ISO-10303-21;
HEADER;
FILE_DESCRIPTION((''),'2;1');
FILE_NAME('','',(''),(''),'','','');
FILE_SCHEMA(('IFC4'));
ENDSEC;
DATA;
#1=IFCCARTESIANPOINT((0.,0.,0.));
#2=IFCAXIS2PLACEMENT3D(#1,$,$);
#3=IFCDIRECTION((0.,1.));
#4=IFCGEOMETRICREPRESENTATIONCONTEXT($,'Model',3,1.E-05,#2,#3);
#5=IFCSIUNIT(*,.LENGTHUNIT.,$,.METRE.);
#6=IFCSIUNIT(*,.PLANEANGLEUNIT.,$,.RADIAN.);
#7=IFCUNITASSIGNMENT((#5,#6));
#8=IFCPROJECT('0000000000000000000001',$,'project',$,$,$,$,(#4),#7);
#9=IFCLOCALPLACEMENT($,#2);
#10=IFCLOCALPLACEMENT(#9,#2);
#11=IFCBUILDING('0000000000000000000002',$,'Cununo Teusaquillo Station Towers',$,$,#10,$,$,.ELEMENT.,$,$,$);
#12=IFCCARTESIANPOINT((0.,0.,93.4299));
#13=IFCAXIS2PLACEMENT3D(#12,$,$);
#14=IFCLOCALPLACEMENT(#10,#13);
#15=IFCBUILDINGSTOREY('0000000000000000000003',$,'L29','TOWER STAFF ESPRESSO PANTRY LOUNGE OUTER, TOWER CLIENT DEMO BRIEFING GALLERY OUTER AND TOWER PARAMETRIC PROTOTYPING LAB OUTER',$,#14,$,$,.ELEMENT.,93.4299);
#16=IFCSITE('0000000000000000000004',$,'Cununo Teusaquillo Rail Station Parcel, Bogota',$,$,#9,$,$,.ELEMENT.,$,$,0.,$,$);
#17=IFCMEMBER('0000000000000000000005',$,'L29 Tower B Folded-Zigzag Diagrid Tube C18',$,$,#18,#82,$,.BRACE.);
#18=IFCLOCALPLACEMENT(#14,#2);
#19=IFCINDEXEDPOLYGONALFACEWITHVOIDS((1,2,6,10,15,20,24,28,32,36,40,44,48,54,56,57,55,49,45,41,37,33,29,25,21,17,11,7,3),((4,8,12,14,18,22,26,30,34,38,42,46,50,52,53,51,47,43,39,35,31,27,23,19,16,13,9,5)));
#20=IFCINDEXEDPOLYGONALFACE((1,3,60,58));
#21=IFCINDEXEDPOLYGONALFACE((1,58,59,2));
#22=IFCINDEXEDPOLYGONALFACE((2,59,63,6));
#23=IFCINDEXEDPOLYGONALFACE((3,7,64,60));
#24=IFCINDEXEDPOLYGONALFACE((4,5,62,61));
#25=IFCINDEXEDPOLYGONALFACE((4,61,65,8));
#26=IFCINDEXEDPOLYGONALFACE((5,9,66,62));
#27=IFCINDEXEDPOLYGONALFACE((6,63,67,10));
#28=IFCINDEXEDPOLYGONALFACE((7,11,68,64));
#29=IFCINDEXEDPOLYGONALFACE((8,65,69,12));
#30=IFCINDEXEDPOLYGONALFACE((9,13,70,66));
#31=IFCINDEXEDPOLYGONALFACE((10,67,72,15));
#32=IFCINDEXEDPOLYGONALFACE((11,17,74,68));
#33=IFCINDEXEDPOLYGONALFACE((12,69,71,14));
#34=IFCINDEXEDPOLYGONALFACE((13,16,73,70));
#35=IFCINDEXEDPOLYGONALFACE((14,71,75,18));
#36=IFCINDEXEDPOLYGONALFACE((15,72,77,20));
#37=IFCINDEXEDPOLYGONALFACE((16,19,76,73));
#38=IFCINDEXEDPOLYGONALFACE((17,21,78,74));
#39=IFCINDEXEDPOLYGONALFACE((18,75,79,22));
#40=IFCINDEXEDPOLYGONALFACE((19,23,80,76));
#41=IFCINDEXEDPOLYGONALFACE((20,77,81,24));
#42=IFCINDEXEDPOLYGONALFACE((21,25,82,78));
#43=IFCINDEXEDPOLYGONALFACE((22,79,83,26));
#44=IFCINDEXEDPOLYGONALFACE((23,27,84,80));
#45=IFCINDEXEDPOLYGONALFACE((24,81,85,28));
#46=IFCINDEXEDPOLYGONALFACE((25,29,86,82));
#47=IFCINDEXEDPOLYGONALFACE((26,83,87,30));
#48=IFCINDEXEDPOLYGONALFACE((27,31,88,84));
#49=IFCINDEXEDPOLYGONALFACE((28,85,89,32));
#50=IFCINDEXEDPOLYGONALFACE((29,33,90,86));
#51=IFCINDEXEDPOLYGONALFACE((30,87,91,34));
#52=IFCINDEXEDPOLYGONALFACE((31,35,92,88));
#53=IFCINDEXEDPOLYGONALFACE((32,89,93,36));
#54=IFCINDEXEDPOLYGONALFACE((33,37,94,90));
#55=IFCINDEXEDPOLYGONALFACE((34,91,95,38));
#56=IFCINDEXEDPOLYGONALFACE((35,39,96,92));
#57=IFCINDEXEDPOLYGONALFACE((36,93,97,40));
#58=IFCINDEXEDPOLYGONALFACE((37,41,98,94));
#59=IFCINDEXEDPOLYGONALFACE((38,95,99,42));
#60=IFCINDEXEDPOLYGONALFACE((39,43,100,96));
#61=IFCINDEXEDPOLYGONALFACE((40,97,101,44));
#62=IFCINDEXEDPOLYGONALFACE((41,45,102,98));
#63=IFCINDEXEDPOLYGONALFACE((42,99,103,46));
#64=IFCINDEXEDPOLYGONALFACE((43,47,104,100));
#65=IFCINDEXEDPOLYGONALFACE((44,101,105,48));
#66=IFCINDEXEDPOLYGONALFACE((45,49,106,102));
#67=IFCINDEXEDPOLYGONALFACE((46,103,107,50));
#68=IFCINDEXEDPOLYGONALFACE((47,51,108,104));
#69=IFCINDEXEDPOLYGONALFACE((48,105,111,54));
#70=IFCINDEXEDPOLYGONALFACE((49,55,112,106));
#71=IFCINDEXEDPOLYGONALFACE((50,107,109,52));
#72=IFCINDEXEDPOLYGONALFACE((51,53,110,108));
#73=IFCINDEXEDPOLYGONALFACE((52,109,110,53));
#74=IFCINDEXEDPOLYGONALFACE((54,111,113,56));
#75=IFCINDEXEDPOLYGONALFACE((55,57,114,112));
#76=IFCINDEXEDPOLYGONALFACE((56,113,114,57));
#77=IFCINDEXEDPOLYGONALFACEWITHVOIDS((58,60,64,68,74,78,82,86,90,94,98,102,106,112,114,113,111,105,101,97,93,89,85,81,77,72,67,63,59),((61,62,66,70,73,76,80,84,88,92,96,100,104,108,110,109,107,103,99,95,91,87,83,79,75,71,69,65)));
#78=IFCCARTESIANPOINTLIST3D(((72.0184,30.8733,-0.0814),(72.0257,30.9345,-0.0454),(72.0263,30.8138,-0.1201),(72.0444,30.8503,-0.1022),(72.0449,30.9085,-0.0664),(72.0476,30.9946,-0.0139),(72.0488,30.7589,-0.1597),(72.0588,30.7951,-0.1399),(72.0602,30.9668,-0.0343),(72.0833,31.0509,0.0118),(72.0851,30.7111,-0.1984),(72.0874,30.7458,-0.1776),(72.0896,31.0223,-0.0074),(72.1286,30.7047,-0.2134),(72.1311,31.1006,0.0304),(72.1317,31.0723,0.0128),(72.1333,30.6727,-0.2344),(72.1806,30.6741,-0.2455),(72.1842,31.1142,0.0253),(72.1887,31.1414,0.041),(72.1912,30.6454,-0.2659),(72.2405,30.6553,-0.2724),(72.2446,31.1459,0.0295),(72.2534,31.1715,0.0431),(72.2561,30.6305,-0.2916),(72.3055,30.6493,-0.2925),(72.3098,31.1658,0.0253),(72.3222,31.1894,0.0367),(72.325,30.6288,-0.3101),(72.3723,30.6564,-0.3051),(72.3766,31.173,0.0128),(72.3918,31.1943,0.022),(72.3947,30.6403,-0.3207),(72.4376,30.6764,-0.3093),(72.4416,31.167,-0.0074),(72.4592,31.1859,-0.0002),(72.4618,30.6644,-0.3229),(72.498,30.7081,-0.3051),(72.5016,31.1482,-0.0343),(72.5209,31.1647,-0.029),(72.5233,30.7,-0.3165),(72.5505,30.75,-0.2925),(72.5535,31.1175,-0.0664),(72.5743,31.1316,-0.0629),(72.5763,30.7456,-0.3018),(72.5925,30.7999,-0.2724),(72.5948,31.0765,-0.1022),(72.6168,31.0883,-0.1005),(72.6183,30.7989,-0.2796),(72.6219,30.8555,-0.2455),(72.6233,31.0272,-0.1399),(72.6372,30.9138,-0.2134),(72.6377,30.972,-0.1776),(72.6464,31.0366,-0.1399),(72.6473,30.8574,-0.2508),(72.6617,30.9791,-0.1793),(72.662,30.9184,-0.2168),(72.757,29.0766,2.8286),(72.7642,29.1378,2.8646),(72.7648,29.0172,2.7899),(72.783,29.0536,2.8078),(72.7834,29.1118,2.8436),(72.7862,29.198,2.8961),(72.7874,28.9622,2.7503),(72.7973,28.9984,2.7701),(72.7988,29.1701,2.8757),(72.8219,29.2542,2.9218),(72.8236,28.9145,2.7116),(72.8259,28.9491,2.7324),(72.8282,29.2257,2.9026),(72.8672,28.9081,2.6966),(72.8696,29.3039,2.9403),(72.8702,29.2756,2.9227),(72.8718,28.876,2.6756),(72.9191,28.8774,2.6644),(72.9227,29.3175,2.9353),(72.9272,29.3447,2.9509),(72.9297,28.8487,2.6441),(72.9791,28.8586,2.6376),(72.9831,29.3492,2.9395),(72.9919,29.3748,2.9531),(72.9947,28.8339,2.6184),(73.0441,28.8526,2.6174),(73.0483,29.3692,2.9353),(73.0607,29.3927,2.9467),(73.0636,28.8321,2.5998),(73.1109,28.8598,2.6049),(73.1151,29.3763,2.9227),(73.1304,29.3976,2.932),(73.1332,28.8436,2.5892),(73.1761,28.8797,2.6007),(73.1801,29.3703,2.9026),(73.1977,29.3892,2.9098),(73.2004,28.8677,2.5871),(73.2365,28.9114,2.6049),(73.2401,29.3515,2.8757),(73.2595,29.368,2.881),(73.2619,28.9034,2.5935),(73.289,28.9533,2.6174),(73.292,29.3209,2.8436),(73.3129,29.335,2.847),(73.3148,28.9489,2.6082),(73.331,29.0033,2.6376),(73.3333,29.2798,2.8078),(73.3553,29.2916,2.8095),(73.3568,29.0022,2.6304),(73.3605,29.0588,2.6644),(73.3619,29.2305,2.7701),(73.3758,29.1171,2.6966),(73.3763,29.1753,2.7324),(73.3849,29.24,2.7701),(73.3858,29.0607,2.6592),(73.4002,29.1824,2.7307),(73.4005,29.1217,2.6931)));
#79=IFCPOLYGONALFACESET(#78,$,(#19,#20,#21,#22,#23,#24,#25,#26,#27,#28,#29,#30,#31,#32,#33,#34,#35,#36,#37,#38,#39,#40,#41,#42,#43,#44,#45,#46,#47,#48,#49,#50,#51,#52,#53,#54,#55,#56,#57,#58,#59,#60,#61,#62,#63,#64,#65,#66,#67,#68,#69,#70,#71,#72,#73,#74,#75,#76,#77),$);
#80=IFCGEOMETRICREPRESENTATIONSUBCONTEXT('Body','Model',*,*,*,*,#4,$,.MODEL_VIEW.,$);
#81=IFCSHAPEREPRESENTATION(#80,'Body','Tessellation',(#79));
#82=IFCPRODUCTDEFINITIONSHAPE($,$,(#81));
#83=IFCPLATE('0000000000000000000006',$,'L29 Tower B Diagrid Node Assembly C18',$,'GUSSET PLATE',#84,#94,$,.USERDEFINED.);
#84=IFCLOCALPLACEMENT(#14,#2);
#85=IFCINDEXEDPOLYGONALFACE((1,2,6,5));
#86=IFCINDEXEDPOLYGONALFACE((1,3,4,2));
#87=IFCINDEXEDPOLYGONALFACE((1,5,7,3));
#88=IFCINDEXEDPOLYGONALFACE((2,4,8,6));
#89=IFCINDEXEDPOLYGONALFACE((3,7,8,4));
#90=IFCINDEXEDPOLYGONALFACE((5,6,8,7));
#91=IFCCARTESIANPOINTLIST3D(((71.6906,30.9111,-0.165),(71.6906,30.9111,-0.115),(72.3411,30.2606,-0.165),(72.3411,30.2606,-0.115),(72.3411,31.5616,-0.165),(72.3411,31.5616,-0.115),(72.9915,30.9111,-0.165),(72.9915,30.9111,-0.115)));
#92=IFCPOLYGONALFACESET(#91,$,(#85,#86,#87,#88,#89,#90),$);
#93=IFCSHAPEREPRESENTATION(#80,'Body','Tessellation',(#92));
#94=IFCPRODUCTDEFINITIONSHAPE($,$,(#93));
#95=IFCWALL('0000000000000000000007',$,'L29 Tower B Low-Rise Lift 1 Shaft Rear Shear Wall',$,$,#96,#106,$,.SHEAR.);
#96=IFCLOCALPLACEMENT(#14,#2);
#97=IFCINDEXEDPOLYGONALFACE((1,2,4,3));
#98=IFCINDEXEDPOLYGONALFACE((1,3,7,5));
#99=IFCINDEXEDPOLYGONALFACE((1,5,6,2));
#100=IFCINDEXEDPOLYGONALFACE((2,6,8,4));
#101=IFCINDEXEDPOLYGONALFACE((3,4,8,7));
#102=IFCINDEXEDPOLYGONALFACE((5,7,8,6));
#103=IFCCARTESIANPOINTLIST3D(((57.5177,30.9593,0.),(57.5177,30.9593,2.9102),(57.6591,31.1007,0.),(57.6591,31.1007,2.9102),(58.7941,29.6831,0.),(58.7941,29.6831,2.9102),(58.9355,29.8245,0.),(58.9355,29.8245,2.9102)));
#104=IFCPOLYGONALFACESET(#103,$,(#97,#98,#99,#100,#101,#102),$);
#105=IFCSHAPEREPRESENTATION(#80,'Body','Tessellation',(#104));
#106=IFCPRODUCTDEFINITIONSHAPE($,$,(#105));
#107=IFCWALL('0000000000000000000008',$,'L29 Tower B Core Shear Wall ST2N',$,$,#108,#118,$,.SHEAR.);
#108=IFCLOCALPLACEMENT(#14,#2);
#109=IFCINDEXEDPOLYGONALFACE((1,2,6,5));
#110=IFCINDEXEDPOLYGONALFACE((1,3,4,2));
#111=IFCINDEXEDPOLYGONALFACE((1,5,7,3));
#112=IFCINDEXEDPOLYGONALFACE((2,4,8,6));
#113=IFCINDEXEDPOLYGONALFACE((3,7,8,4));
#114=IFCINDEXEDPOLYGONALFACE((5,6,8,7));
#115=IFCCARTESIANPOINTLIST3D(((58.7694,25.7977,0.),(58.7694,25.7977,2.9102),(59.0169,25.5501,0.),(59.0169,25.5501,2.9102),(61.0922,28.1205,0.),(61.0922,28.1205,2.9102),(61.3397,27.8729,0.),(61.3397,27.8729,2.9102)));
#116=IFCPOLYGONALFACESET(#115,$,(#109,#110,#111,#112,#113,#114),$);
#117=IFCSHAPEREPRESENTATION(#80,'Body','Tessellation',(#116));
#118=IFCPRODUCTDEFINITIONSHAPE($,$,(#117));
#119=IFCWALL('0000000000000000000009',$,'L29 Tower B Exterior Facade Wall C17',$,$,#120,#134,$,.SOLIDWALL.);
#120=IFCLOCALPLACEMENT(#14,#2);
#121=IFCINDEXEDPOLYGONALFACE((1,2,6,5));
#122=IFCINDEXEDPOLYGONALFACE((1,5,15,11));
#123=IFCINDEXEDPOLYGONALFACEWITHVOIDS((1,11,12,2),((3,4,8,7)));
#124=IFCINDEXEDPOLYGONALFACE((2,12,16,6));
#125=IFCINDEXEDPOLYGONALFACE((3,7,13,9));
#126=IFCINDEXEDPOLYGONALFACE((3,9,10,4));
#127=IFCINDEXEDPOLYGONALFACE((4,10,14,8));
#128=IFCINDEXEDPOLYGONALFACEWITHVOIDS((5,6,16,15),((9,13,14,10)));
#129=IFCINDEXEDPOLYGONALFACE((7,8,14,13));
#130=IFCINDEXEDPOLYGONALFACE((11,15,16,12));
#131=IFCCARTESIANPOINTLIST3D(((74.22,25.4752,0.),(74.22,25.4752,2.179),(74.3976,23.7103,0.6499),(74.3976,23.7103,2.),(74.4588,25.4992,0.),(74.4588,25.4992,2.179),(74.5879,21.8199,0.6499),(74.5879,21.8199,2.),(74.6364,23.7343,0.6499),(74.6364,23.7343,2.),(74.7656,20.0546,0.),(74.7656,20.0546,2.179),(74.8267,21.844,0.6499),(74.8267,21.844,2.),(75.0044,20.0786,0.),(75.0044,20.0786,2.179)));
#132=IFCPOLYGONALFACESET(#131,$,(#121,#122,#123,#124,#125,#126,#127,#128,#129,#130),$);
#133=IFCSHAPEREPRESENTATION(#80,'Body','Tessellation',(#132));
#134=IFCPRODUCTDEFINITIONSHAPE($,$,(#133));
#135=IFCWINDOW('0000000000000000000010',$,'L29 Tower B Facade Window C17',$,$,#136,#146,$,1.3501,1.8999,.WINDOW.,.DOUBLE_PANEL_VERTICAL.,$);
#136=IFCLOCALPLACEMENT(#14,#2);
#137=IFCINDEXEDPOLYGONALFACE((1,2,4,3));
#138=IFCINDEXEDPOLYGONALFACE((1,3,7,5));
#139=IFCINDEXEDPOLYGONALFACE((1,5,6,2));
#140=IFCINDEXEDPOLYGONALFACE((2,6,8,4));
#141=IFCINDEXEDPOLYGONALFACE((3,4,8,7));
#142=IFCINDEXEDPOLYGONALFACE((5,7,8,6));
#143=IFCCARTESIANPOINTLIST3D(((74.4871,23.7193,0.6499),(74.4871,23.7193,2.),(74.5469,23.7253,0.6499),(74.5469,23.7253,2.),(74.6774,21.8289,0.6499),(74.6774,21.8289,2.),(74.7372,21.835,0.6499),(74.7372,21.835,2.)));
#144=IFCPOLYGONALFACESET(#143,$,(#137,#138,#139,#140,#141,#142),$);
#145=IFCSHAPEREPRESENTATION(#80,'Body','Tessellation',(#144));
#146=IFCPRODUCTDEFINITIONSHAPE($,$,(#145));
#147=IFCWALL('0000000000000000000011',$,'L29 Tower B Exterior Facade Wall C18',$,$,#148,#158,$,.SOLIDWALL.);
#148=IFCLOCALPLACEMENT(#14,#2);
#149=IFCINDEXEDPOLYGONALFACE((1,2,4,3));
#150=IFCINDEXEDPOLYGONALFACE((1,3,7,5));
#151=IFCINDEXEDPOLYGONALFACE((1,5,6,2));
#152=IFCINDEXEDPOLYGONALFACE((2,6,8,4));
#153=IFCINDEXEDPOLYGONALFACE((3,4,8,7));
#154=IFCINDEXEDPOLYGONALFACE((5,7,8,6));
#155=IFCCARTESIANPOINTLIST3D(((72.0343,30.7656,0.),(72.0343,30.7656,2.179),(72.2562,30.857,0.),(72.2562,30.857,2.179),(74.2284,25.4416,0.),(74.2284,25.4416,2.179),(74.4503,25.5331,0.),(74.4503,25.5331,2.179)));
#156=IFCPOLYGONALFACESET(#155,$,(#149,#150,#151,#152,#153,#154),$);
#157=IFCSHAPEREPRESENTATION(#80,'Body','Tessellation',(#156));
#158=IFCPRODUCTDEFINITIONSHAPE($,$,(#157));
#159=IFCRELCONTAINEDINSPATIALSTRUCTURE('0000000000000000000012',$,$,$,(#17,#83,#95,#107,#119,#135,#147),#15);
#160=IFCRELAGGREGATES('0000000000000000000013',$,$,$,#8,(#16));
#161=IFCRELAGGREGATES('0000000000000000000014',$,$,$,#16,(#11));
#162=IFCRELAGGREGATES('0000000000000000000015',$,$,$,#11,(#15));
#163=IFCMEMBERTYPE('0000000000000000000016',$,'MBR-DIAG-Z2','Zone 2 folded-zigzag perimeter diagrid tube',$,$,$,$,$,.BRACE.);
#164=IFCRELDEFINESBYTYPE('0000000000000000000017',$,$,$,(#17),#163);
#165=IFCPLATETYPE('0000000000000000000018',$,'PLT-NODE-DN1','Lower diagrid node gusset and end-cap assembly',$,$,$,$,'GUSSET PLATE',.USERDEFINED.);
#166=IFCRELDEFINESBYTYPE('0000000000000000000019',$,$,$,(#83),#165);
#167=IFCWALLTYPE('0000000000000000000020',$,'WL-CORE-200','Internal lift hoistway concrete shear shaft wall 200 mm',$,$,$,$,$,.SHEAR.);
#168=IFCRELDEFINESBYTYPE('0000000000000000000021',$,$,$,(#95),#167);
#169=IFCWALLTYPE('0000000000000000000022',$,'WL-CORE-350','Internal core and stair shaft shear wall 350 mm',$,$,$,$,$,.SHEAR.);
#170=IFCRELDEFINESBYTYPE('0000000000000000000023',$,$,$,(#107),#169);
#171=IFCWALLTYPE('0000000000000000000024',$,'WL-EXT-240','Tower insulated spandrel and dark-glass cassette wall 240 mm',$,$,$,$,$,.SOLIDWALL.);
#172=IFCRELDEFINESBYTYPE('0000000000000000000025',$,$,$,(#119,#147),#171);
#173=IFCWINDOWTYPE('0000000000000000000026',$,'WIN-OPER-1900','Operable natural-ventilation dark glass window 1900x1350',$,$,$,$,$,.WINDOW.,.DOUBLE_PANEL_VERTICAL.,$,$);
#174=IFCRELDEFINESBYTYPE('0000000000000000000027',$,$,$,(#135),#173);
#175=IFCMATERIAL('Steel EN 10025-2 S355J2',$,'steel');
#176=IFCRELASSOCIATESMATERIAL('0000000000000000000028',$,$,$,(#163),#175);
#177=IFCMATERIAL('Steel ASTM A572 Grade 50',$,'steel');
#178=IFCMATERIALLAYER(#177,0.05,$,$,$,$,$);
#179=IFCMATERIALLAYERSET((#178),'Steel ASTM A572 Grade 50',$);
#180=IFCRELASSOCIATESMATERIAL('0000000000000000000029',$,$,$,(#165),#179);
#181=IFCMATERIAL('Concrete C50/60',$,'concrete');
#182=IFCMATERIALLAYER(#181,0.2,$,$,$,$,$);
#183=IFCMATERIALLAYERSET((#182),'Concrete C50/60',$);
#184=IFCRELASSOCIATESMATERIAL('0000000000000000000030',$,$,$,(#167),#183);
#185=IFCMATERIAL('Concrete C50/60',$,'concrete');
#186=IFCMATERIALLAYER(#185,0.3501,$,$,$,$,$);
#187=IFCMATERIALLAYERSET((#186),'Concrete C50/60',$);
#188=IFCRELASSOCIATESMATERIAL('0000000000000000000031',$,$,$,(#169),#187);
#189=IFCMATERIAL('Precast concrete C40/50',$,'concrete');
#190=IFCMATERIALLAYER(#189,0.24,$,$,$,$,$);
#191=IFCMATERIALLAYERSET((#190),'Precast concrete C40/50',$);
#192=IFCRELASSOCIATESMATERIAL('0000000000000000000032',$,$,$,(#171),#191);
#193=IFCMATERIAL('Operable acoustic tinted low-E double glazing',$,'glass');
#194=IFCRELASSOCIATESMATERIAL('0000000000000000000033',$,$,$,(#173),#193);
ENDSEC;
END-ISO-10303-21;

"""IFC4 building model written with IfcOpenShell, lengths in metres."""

from ifc_helpers import new_model, si_unit, direction, frame, frame_2d, origin, origin_2d, place, context, subcontext, project, spatial, rectangle, hollow_circle, extrude, source, transform, mapped, material, layer, layer_set, material_profile, profile_set, type_object, element, fill, save


model = new_model("IFC4")

# Units and contexts
model_context = context("Model", 3, precision=1e-05, world=origin(), true_north=direction((0.0, 1.0)))
body_context = subcontext(model_context, "Body", "Model", "MODEL_VIEW")
ifc_project = project(units=[si_unit("LENGTHUNIT", "METRE"), si_unit("PLANEANGLEUNIT", "RADIAN")], contexts=[model_context])

# Site, building, storey
site_placement = place(None, origin())
site = spatial("IfcSite", under=ifc_project, at=site_placement, Name="Cununo Teusaquillo Rail Station Parcel, Bogota", CompositionType="ELEMENT", RefElevation=0.0)
building_placement = place(site_placement, origin())
building = spatial("IfcBuilding", under=site, at=building_placement, Name="Cununo Teusaquillo Station Towers", CompositionType="ELEMENT")
storey_placement = place(building_placement, frame((0.0, 0.0, 93.4299)))
storey = spatial("IfcBuildingStorey", under=building, at=storey_placement, Name="L29", Description="TOWER STAFF ESPRESSO PANTRY LOUNGE OUTER, TOWER CLIENT DEMO BRIEFING GALLERY OUTER AND TOWER PARAMETRIC PROTOTYPING LAB OUTER", CompositionType="ELEMENT", Elevation=93.4299)

# Member
ifc_material_1 = material(Name="Steel EN 10025-2 S355J2", Category="steel")
ifc_material_profile_1 = material_profile(ifc_material_1, hollow_circle(Radius=0.3301, WallThickness=0.0249, at=origin_2d()), Name="CHS 660x25")
ifc_profile_set_1 = profile_set([ifc_material_profile_1], Name="Steel EN 10025-2 S355J2")
member_type = type_object("IfcMemberType", Name="MBR-DIAG-Z2", Description="Zone 2 folded-zigzag perimeter diagrid tube", PredefinedType="BRACE", material=ifc_profile_set_1)
member_placement = place(storey_placement, frame((72.3411, 30.9111, -0.1399), z_axis=(0.211086, -0.513514, 0.831713), x_axis=(0.924907, 0.380193, 0.0)))
element("IfcMember", 1, at=member_placement, inside=storey, type_object=member_type, Name="L29 Tower B Folded-Zigzag Diagrid Tube C18", PredefinedType="BRACE", context=body_context, shape_type="SweptSolid", body=[
    extrude(hollow_circle(Radius=0.3301, WallThickness=0.0249, at=origin_2d()), origin(), (0.0, 0.0, 1.0), 3.4988),
])

# Plate
ifc_material_2 = material(Name="Steel ASTM A572 Grade 50", Category="steel")
ifc_layer_1 = layer(ifc_material_2, 0.05)
ifc_layer_set_1 = layer_set([ifc_layer_1], Name="Steel ASTM A572 Grade 50")
plate_type = type_object("IfcPlateType", Name="PLT-NODE-DN1", Description="Lower diagrid node gusset and end-cap assembly", ElementType="GUSSET PLATE", PredefinedType="USERDEFINED", material=ifc_layer_set_1)
shared_shape_1 = source(origin(), body_context, "Body", "SweptSolid", [
    extrude(rectangle(XDim=0.9199, YDim=0.9199, at=origin_2d()), origin(), (0.0, 0.0, 1.0), 0.05),
])
plate_placement = place(storey_placement, frame((72.3411, 30.9111, -0.165), z_axis=(0.0, 0.0, 1.0), x_axis=(0.707107, 0.707107, 0.0)))
element("IfcPlate", 2, at=plate_placement, inside=storey, type_object=plate_type, Name="L29 Tower B Diagrid Node Assembly C18", ObjectType="GUSSET PLATE", PredefinedType="USERDEFINED", context=body_context, shape_type="MappedRepresentation", body=[
    mapped(shared_shape_1, transform((0.0, 0.0, 0.0), x_axis=(1.0, 0.0, 0.0), y_axis=(0.0, 1.0, 0.0), z_axis=(0.0, 0.0, 1.0), scale=1.0)),
])

# Walls
ifc_material_3 = material(Name="Concrete C50/60", Category="concrete")
ifc_layer_2 = layer(ifc_material_3, 0.2)
ifc_layer_set_2 = layer_set([ifc_layer_2], Name="Concrete C50/60")
wall_type_1 = type_object("IfcWallType", Name="WL-CORE-200", Description="Internal lift hoistway concrete shear shaft wall 200 mm", PredefinedType="SHEAR", material=ifc_layer_set_2)
wall_1_placement = place(storey_placement, frame((58.8647, 29.7539, 0.0), z_axis=(0.0, 0.0, 1.0), x_axis=(-0.707174, 0.707039, 0.0)))
element("IfcWall", 3, at=wall_1_placement, inside=storey, type_object=wall_type_1, Name="L29 Tower B Low-Rise Lift 1 Shaft Rear Shear Wall", PredefinedType="SHEAR", context=body_context, shape_type="SweptSolid", body=[
    extrude(rectangle(XDim=1.8049, YDim=0.2, at=frame_2d((0.9023, 0.0))), origin(), (0.0, 0.0, 1.0), 2.9102),
])
ifc_material_4 = material(Name="Concrete C50/60", Category="concrete")
ifc_layer_3 = layer(ifc_material_4, 0.3501)
ifc_layer_set_3 = layer_set([ifc_layer_3], Name="Concrete C50/60")
wall_type_2 = type_object("IfcWallType", Name="WL-CORE-350", Description="Internal core and stair shaft shear wall 350 mm", PredefinedType="SHEAR", material=ifc_layer_set_3)
wall_2_placement = place(storey_placement, frame((58.8931, 25.6738, 0.0), z_axis=(0.0, 0.0, 1.0), x_axis=(0.707107, 0.707107, 0.0)))
element("IfcWall", 4, at=wall_2_placement, inside=storey, type_object=wall_type_2, Name="L29 Tower B Core Shear Wall ST2N", PredefinedType="SHEAR", context=body_context, shape_type="SweptSolid", body=[
    extrude(rectangle(XDim=3.2849, YDim=0.3501, at=frame_2d((1.6426, 0.0))), origin(), (0.0, 0.0, 1.0), 2.9102),
])

# Wall, opening, window
ifc_material_5 = material(Name="Precast concrete C40/50", Category="concrete")
ifc_layer_4 = layer(ifc_material_5, 0.24)
ifc_layer_set_4 = layer_set([ifc_layer_4], Name="Precast concrete C40/50")
wall_type_3 = type_object("IfcWallType", Name="WL-EXT-240", Description="Tower insulated spandrel and dark-glass cassette wall 240 mm", PredefinedType="SOLIDWALL", material=ifc_layer_set_4)
wall_3_placement = place(storey_placement, frame((74.3394, 25.4873, 0.0), z_axis=(0.0, 0.0, 1.0), x_axis=(0.100156, -0.994972, 0.0)))
wall_3 = element("IfcWall", 5, at=wall_3_placement, inside=storey, type_object=wall_type_3, Name="L29 Tower B Exterior Facade Wall C17", PredefinedType="SOLIDWALL", context=body_context, shape_type="SweptSolid", body=[
    extrude(rectangle(XDim=5.448, YDim=0.24, at=frame_2d((2.7241, 0.0))), origin(), (0.0, 0.0, 1.0), 2.179),
])
shared_shape_2 = source(origin(), body_context, "Body", "SweptSolid", [
    extrude(rectangle(XDim=1.8999, YDim=1.3501, at=frame_2d((0.95, 0.675))), frame((0.0, 0.1299, 0.0), z_axis=(0.0, -1.0, 0.0), x_axis=(1.0, 0.0, 0.0)), (0.0, 0.0, 1.0), 0.26),
])
opening_1_placement = place(wall_3_placement, frame((1.7739, 0.0, 0.6499)))
opening_1 = element("IfcOpeningElement", 6, at=opening_1_placement, cuts=wall_3, PredefinedType="OPENING", context=body_context, shape_type="MappedRepresentation", body=[
    mapped(shared_shape_2, transform((0.0, 0.0, 0.0), x_axis=(1.0, 0.0, 0.0), y_axis=(0.0, 1.0, 0.0), z_axis=(0.0, 0.0, 1.0), scale=1.0)),
])
ifc_material_6 = material(Name="Operable acoustic tinted low-E double glazing", Category="glass")
window_type_1 = type_object("IfcWindowType", Name="WIN-OPER-1900", Description="Operable natural-ventilation dark glass window 1900x1350", PartitioningType="DOUBLE_PANEL_VERTICAL", PredefinedType="WINDOW", material=ifc_material_6)
shared_shape_3 = source(origin(), body_context, "Body", "SweptSolid", [
    extrude(rectangle(XDim=1.8999, YDim=1.3501, at=frame_2d((0.95, 0.675))), frame((0.0, 0.03, 0.0), z_axis=(0.0, -1.0, 0.0), x_axis=(1.0, 0.0, 0.0)), (0.0, 0.0, 1.0), 0.0601),
])
window_1_placement = place(opening_1_placement, origin())
window_1 = element("IfcWindow", 7, at=window_1_placement, inside=storey, type_object=window_type_1, Name="L29 Tower B Facade Window C17", OverallHeight=1.3501, OverallWidth=1.8999, PartitioningType="DOUBLE_PANEL_VERTICAL", PredefinedType="WINDOW", context=body_context, shape_type="MappedRepresentation", body=[
    mapped(shared_shape_3, transform((0.0, 0.0, 0.0), x_axis=(1.0, 0.0, 0.0), y_axis=(0.0, 1.0, 0.0), z_axis=(0.0, 0.0, 1.0), scale=1.0)),
])
fill(opening_1, window_1)

# Wall
wall_4_placement = place(storey_placement, frame((72.1453, 30.8113, 0.0), z_axis=(0.0, 0.0, 1.0), x_axis=(0.381027, -0.924564, 0.0)))
element("IfcWall", 8, at=wall_4_placement, inside=storey, type_object=wall_type_3, Name="L29 Tower B Exterior Facade Wall C18", PredefinedType="SOLIDWALL", context=body_context, shape_type="SweptSolid", body=[
    extrude(rectangle(XDim=5.7583, YDim=0.24, at=frame_2d((2.8792, 0.0))), origin(), (0.0, 0.0, 1.0), 2.179),
])

save(model, "model.ifc")
